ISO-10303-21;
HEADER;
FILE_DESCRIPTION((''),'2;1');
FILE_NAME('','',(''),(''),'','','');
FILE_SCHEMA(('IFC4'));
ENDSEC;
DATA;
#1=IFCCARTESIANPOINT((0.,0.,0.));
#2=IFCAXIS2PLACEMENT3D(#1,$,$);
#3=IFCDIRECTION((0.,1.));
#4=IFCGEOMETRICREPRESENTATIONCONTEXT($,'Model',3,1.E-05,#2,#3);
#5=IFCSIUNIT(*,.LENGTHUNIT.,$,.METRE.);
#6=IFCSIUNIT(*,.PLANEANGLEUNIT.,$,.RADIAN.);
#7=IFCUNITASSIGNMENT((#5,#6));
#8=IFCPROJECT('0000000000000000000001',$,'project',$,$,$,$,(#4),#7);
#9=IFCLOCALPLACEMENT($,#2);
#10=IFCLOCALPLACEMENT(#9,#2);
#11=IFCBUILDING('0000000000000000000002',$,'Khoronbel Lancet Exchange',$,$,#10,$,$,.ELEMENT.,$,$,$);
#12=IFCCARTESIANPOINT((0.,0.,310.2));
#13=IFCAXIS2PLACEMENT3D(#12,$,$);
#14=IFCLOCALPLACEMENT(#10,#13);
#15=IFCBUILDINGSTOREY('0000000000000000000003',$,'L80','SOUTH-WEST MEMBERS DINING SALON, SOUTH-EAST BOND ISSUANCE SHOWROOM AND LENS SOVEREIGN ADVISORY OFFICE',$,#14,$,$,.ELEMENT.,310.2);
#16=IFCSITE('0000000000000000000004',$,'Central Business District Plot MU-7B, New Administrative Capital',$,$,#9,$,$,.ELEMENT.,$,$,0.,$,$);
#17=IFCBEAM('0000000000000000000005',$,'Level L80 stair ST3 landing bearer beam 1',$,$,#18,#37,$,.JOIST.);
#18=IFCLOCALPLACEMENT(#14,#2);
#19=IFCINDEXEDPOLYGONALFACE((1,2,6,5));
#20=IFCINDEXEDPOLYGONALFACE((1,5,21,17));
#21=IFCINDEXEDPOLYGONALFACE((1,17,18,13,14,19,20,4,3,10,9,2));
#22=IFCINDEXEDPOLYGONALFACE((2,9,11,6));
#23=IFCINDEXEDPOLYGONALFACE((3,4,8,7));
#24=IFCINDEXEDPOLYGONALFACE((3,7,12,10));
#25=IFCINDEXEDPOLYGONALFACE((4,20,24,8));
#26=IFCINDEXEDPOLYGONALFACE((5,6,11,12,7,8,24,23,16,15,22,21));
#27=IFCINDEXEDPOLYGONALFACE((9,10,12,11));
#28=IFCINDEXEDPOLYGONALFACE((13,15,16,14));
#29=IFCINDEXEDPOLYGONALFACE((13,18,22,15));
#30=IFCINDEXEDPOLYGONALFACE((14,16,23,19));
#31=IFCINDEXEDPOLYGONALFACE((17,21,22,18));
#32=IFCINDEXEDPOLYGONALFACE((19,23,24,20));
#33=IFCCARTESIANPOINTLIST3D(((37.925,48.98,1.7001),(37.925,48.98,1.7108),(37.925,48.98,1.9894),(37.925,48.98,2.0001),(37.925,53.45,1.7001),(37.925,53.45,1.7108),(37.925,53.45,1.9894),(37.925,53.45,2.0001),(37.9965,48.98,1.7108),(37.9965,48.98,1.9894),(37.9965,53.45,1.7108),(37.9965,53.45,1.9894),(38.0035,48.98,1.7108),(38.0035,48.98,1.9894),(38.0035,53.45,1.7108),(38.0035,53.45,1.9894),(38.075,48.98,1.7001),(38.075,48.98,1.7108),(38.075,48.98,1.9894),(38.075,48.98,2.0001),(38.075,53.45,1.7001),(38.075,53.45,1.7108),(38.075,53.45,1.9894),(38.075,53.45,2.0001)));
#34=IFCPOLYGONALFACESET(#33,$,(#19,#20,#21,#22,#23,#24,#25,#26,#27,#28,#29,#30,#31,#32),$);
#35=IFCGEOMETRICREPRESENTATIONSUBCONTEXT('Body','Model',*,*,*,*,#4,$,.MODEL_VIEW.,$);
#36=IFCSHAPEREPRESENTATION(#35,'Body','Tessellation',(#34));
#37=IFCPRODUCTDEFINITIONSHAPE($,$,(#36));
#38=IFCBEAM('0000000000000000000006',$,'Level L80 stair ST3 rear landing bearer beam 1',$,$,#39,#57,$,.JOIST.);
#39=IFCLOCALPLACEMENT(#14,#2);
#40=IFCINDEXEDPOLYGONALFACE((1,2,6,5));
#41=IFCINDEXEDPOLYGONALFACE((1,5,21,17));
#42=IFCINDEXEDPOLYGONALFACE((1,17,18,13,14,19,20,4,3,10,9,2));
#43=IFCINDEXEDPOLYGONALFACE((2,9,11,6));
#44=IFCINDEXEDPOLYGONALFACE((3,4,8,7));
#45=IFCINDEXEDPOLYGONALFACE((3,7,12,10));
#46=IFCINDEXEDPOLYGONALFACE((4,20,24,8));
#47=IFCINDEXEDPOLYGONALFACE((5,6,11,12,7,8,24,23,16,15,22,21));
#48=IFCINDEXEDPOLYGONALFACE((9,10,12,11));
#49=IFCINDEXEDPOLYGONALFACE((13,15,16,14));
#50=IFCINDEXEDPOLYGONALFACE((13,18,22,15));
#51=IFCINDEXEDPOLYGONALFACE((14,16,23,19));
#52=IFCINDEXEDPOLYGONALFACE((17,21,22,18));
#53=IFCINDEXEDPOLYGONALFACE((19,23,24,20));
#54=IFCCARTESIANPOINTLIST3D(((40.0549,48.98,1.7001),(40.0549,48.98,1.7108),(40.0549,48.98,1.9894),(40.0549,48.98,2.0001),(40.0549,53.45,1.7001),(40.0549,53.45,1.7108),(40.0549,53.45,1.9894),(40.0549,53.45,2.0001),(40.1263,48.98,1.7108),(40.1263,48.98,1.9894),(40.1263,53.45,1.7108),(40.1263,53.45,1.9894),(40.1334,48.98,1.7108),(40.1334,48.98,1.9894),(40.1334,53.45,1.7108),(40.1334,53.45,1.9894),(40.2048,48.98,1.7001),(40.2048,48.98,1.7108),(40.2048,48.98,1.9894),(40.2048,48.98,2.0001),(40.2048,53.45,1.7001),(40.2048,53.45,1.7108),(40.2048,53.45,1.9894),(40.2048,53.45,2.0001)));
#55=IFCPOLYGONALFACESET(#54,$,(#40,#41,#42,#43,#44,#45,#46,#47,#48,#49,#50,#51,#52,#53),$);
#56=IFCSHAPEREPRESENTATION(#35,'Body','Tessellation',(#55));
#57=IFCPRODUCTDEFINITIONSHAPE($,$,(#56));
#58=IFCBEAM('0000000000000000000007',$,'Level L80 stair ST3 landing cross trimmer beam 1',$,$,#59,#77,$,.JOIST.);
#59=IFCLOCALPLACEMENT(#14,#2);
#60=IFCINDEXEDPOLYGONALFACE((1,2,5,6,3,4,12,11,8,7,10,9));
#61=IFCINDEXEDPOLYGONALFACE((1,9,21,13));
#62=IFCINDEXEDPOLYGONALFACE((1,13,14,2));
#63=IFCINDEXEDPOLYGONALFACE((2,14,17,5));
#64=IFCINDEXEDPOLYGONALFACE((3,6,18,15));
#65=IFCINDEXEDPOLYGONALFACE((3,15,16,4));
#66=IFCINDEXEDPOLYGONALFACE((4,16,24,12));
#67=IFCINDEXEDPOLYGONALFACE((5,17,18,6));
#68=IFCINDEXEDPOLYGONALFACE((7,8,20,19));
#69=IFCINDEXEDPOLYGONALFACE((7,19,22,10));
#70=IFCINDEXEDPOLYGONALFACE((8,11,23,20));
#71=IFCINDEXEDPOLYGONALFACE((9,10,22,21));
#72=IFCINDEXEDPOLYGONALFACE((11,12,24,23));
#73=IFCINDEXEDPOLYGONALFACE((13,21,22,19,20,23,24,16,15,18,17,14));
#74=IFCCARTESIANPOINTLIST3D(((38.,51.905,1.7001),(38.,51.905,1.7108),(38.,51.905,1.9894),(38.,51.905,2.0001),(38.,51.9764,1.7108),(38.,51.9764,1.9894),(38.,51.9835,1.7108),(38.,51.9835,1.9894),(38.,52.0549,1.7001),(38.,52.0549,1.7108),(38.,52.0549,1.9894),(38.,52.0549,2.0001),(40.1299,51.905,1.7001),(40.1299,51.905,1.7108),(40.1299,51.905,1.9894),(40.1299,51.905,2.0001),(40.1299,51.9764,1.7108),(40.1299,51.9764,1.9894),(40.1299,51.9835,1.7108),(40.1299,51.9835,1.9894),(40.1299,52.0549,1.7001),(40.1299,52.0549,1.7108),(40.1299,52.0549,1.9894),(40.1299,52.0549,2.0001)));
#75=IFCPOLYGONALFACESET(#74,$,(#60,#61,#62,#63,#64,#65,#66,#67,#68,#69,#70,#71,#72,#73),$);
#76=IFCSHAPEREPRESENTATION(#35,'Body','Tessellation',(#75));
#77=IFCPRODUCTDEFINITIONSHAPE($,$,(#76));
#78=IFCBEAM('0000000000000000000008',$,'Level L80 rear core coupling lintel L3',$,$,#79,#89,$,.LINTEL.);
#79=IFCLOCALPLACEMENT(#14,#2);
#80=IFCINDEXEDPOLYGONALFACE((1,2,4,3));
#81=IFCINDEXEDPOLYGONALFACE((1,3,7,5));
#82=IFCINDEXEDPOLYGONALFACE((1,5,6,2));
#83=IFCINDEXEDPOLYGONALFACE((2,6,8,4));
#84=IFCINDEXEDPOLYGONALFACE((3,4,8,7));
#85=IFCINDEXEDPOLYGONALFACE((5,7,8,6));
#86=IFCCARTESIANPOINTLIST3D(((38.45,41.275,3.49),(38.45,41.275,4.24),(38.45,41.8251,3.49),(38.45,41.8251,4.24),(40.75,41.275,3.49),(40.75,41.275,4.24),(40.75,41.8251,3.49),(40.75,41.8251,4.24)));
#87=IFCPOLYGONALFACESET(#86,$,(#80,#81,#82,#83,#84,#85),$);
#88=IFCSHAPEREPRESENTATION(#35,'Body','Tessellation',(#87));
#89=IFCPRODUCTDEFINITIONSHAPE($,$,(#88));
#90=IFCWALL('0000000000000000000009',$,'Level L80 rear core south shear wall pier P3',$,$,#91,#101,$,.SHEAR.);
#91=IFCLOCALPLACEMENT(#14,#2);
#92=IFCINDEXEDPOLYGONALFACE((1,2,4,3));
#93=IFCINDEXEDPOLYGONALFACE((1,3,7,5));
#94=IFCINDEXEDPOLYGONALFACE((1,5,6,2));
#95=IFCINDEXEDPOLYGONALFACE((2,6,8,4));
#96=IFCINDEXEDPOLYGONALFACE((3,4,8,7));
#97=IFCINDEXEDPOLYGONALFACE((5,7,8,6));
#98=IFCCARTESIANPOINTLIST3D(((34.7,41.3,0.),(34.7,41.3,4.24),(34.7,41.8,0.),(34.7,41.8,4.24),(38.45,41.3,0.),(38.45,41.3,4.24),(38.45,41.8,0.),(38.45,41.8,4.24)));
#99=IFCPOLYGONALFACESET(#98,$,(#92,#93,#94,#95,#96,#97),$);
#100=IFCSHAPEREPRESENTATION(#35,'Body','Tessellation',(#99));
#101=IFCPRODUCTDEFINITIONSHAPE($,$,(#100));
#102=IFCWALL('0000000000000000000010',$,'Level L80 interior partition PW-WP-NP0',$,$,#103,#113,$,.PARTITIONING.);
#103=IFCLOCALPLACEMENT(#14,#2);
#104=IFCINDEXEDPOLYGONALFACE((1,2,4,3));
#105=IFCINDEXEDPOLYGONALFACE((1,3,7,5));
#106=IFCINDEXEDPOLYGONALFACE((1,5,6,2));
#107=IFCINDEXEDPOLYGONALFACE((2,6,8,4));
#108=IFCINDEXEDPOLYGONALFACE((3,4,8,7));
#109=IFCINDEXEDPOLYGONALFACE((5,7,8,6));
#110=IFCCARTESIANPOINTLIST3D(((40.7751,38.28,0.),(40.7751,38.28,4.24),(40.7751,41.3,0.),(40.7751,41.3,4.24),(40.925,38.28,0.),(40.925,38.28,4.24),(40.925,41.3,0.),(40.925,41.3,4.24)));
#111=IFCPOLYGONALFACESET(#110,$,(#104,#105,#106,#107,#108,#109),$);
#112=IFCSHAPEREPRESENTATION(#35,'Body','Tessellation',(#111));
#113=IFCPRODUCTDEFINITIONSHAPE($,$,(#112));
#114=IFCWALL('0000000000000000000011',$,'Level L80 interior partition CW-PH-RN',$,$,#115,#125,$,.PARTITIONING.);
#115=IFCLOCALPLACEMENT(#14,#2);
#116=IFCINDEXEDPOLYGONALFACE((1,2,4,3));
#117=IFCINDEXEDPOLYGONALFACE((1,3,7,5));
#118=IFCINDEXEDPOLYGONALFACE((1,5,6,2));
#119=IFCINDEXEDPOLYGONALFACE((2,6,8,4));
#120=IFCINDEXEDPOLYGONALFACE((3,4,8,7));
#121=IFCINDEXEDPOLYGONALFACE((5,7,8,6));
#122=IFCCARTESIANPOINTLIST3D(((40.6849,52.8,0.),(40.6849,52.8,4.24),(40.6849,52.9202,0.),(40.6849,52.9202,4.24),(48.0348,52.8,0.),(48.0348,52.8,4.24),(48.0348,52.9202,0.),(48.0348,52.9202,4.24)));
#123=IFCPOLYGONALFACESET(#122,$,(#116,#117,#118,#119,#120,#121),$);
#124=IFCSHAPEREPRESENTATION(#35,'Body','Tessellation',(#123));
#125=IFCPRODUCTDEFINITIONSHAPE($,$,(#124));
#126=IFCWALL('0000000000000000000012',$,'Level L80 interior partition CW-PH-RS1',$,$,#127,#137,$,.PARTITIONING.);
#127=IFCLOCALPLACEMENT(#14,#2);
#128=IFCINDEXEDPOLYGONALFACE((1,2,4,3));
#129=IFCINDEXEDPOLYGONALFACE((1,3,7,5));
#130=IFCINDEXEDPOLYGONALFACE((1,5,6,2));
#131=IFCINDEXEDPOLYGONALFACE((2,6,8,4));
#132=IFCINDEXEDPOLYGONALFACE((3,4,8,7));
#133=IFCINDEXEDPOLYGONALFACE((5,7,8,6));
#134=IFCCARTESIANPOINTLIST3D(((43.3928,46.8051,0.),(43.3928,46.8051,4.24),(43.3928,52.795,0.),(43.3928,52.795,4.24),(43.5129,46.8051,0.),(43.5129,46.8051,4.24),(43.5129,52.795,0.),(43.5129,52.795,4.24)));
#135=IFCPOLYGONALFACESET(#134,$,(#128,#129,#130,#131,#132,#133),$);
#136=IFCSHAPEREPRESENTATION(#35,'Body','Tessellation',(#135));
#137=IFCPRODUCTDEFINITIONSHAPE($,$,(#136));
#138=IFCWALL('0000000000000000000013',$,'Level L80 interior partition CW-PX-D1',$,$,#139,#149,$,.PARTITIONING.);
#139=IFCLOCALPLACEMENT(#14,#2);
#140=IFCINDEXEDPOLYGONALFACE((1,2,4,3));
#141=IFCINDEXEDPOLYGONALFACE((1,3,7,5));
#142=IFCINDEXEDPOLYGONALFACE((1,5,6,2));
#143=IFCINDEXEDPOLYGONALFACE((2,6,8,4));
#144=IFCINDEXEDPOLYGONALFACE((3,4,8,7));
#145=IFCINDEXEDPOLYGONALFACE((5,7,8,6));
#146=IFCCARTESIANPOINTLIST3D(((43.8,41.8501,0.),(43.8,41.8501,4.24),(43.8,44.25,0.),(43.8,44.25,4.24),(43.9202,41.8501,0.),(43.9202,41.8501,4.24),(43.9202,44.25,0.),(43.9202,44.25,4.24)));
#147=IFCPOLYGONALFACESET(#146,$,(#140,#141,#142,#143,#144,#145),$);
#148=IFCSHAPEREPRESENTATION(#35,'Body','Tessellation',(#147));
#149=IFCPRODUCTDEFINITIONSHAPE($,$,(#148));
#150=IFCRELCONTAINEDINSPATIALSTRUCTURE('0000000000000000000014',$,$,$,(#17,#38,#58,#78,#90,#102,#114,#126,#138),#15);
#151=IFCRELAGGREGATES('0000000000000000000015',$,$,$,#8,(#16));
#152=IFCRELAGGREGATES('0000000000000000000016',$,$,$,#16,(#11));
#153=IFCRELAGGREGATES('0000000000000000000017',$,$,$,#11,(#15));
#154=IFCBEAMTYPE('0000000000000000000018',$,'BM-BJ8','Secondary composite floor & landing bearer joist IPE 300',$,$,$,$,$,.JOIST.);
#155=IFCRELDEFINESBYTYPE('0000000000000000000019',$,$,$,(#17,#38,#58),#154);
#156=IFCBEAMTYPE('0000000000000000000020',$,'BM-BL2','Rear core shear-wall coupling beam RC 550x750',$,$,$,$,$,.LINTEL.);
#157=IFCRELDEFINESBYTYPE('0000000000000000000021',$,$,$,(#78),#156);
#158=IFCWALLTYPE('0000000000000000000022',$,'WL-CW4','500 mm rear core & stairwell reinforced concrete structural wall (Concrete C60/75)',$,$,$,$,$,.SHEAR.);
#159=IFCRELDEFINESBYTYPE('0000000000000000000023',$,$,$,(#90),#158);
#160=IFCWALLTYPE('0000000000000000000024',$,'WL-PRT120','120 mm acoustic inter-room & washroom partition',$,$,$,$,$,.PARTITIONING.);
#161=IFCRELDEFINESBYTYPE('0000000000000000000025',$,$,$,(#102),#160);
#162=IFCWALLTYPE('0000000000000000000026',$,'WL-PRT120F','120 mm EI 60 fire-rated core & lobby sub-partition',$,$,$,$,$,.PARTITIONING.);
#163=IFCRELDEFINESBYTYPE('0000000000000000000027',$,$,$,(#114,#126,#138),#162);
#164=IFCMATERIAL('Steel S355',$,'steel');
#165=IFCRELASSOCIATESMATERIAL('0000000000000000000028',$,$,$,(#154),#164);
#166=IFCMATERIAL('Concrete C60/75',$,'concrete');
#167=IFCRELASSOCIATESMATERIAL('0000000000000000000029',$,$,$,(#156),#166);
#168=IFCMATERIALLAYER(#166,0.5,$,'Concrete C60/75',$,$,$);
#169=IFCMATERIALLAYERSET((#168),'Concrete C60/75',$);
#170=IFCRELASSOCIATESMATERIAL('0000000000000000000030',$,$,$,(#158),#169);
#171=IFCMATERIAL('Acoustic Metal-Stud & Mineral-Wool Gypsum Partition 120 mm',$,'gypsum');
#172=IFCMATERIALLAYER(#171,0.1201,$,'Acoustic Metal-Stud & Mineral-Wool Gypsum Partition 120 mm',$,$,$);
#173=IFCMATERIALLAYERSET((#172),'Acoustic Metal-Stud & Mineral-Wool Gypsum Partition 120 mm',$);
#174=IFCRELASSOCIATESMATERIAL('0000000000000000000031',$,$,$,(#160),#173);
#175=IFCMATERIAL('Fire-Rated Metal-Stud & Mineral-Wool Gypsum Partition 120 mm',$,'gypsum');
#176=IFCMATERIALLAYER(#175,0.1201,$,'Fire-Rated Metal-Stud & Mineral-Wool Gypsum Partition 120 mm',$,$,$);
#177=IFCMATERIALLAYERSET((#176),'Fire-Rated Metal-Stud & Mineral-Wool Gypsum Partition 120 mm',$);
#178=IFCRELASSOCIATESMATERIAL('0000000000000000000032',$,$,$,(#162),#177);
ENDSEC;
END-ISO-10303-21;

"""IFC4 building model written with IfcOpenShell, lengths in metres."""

from ifc_helpers import new_model, si_unit, direction, frame, frame_2d, origin, origin_2d, place, context, subcontext, project, spatial, rectangle, i_section, extrude, material, layer, layer_set, material_profile, profile_set, type_object, element, save


model = new_model("IFC4")

# Units and contexts
model_context = context("Model", 3, precision=1e-05, world=origin(), true_north=direction((0.0, 1.0)))
body_context = subcontext(model_context, "Body", "Model", "MODEL_VIEW")
ifc_project = project(units=[si_unit("LENGTHUNIT", "METRE"), si_unit("PLANEANGLEUNIT", "RADIAN")], contexts=[model_context])

# Site, building, storey
site_placement = place(None, origin())
site = spatial("IfcSite", under=ifc_project, at=site_placement, Name="Central Business District Plot MU-7B, New Administrative Capital", CompositionType="ELEMENT", RefElevation=0.0)
building_placement = place(site_placement, origin())
building = spatial("IfcBuilding", under=site, at=building_placement, Name="Khoronbel Lancet Exchange", CompositionType="ELEMENT")
storey_placement = place(building_placement, frame((0.0, 0.0, 310.2)))
storey = spatial("IfcBuildingStorey", under=building, at=storey_placement, Name="L80", Description="SOUTH-WEST MEMBERS DINING SALON, SOUTH-EAST BOND ISSUANCE SHOWROOM AND LENS SOVEREIGN ADVISORY OFFICE", CompositionType="ELEMENT", Elevation=310.2)

# Beams
ifc_material_1 = material(Name="Steel S355", Category="steel")
ifc_material_profile_1 = material_profile(ifc_material_1, i_section(OverallWidth=0.1499, OverallDepth=0.3, WebThickness=0.0071, FlangeThickness=0.0107, at=origin_2d()), Name="IPE 300")
ifc_profile_set_1 = profile_set([ifc_material_profile_1], Name="Steel S355")
beam_type_1 = type_object("IfcBeamType", Name="BM-BJ8", Description="Secondary composite floor & landing bearer joist IPE 300", PredefinedType="JOIST", material=ifc_profile_set_1)
for number, where, z_axis, x_axis, name in (
    (1, (38.0, 48.98, 1.8501), (0.0, 1.0, 0.0), (-1.0, 0.0, 0.0), "Level L80 stair ST3 landing bearer beam 1"),
    (2, (40.1299, 48.98, 1.8501), (0.0, 1.0, 0.0), (-1.0, 0.0, 0.0), "Level L80 stair ST3 rear landing bearer beam 1"),
):
    element("IfcBeam", number, at=place(storey_placement, frame(where, z_axis=z_axis, x_axis=x_axis)), inside=storey, type_object=beam_type_1, Name=name, PredefinedType="JOIST", context=body_context, shape_type="SweptSolid", body=[
        extrude(i_section(OverallWidth=0.1499, OverallDepth=0.3, WebThickness=0.0071, FlangeThickness=0.0107, at=origin_2d()), origin(), (0.0, 0.0, 1.0), 4.47),
    ])
beam_1_placement = place(storey_placement, frame((38.0, 51.98, 1.8501), z_axis=(1.0, 0.0, 0.0), x_axis=(0.0, 1.0, 0.0)))
element("IfcBeam", 3, at=beam_1_placement, inside=storey, type_object=beam_type_1, Name="Level L80 stair ST3 landing cross trimmer beam 1", PredefinedType="JOIST", context=body_context, shape_type="SweptSolid", body=[
    extrude(i_section(OverallWidth=0.1499, OverallDepth=0.3, WebThickness=0.0071, FlangeThickness=0.0107, at=origin_2d()), origin(), (0.0, 0.0, 1.0), 2.1299),
])
ifc_material_2 = material(Name="Concrete C60/75", Category="concrete")
ifc_material_profile_2 = material_profile(ifc_material_2, rectangle(XDim=0.55, YDim=0.75, at=origin_2d()), Name="RC 550x750")
ifc_profile_set_2 = profile_set([ifc_material_profile_2], Name="Concrete C60/75")
beam_type_2 = type_object("IfcBeamType", Name="BM-BL2", Description="Rear core shear-wall coupling beam RC 550x750", PredefinedType="LINTEL", material=ifc_profile_set_2)
beam_2_placement = place(storey_placement, frame((38.45, 41.55, 3.865), z_axis=(1.0, 0.0, 0.0), x_axis=(0.0, 1.0, 0.0)))
element("IfcBeam", 4, at=beam_2_placement, inside=storey, type_object=beam_type_2, Name="Level L80 rear core coupling lintel L3", PredefinedType="LINTEL", context=body_context, shape_type="SweptSolid", body=[
    extrude(rectangle(XDim=0.55, YDim=0.75, at=origin_2d()), origin(), (0.0, 0.0, 1.0), 2.3),
])

# Walls
ifc_layer_1 = layer(ifc_material_2, 0.5, Name="Concrete C60/75")
ifc_layer_set_1 = layer_set([ifc_layer_1], Name="Concrete C60/75")
wall_type_1 = type_object("IfcWallType", Name="WL-CW4", Description="500 mm rear core & stairwell reinforced concrete structural wall (Concrete C60/75)", PredefinedType="SHEAR", material=ifc_layer_set_1)
wall_1_placement = place(storey_placement, frame((38.45, 41.55, 0.0), z_axis=(0.0, 0.0, 1.0), x_axis=(-1.0, 0.0, 0.0)))
element("IfcWall", 5, at=wall_1_placement, inside=storey, type_object=wall_type_1, Name="Level L80 rear core south shear wall pier P3", PredefinedType="SHEAR", context=body_context, shape_type="SweptSolid", body=[
    extrude(rectangle(XDim=3.75, YDim=0.5, at=frame_2d((1.875, 0.0))), origin(), (0.0, 0.0, 1.0), 4.24),
])
ifc_material_3 = material(Name="Acoustic Metal-Stud & Mineral-Wool Gypsum Partition 120 mm", Category="gypsum")
ifc_layer_2 = layer(ifc_material_3, 0.1201, Name="Acoustic Metal-Stud & Mineral-Wool Gypsum Partition 120 mm")
ifc_layer_set_2 = layer_set([ifc_layer_2], Name="Acoustic Metal-Stud & Mineral-Wool Gypsum Partition 120 mm")
wall_type_2 = type_object("IfcWallType", Name="WL-PRT120", Description="120 mm acoustic inter-room & washroom partition", PredefinedType="PARTITIONING", material=ifc_layer_set_2)
wall_2_placement = place(storey_placement, frame((40.8501, 38.28, 0.0), z_axis=(0.0, 0.0, 1.0), x_axis=(0.0, 1.0, 0.0)))
element("IfcWall", 6, at=wall_2_placement, inside=storey, type_object=wall_type_2, Name="Level L80 interior partition PW-WP-NP0", PredefinedType="PARTITIONING", context=body_context, shape_type="SweptSolid", body=[
    extrude(rectangle(XDim=3.02, YDim=0.1499, at=frame_2d((1.51, 0.0))), origin(), (0.0, 0.0, 1.0), 4.24),
])
ifc_material_4 = material(Name="Fire-Rated Metal-Stud & Mineral-Wool Gypsum Partition 120 mm", Category="gypsum")
ifc_layer_3 = layer(ifc_material_4, 0.1201, Name="Fire-Rated Metal-Stud & Mineral-Wool Gypsum Partition 120 mm")
ifc_layer_set_3 = layer_set([ifc_layer_3], Name="Fire-Rated Metal-Stud & Mineral-Wool Gypsum Partition 120 mm")
wall_type_3 = type_object("IfcWallType", Name="WL-PRT120F", Description="120 mm EI 60 fire-rated core & lobby sub-partition", PredefinedType="PARTITIONING", material=ifc_layer_set_3)
wall_3_placement = place(storey_placement, frame((40.6851, 52.8601, 0.0), z_axis=(0.0, 0.0, 1.0), x_axis=(1.0, 0.0, 0.0)))
element("IfcWall", 7, at=wall_3_placement, inside=storey, type_object=wall_type_3, Name="Level L80 interior partition CW-PH-RN", PredefinedType="PARTITIONING", context=body_context, shape_type="SweptSolid", body=[
    extrude(rectangle(XDim=7.3499, YDim=0.1201, at=frame_2d((3.6748, 0.0))), origin(), (0.0, 0.0, 1.0), 4.24),
])
wall_4_placement = place(storey_placement, frame((43.4529, 46.8049, 0.0), z_axis=(0.0, 0.0, 1.0), x_axis=(0.0, 1.0, 0.0)))
element("IfcWall", 8, at=wall_4_placement, inside=storey, type_object=wall_type_3, Name="Level L80 interior partition CW-PH-RS1", PredefinedType="PARTITIONING", context=body_context, shape_type="SweptSolid", body=[
    extrude(rectangle(XDim=5.99, YDim=0.1201, at=frame_2d((2.9951, 0.0))), origin(), (0.0, 0.0, 1.0), 4.24),
])
wall_5_placement = place(storey_placement, frame((43.8601, 41.8501, 0.0), z_axis=(0.0, 0.0, 1.0), x_axis=(0.0, 1.0, 0.0)))
element("IfcWall", 9, at=wall_5_placement, inside=storey, type_object=wall_type_3, Name="Level L80 interior partition CW-PX-D1", PredefinedType="PARTITIONING", context=body_context, shape_type="SweptSolid", body=[
    extrude(rectangle(XDim=2.3999, YDim=0.1201, at=frame_2d((1.2, 0.0))), origin(), (0.0, 0.0, 1.0), 4.24),
])

save(model, "model.ifc")
